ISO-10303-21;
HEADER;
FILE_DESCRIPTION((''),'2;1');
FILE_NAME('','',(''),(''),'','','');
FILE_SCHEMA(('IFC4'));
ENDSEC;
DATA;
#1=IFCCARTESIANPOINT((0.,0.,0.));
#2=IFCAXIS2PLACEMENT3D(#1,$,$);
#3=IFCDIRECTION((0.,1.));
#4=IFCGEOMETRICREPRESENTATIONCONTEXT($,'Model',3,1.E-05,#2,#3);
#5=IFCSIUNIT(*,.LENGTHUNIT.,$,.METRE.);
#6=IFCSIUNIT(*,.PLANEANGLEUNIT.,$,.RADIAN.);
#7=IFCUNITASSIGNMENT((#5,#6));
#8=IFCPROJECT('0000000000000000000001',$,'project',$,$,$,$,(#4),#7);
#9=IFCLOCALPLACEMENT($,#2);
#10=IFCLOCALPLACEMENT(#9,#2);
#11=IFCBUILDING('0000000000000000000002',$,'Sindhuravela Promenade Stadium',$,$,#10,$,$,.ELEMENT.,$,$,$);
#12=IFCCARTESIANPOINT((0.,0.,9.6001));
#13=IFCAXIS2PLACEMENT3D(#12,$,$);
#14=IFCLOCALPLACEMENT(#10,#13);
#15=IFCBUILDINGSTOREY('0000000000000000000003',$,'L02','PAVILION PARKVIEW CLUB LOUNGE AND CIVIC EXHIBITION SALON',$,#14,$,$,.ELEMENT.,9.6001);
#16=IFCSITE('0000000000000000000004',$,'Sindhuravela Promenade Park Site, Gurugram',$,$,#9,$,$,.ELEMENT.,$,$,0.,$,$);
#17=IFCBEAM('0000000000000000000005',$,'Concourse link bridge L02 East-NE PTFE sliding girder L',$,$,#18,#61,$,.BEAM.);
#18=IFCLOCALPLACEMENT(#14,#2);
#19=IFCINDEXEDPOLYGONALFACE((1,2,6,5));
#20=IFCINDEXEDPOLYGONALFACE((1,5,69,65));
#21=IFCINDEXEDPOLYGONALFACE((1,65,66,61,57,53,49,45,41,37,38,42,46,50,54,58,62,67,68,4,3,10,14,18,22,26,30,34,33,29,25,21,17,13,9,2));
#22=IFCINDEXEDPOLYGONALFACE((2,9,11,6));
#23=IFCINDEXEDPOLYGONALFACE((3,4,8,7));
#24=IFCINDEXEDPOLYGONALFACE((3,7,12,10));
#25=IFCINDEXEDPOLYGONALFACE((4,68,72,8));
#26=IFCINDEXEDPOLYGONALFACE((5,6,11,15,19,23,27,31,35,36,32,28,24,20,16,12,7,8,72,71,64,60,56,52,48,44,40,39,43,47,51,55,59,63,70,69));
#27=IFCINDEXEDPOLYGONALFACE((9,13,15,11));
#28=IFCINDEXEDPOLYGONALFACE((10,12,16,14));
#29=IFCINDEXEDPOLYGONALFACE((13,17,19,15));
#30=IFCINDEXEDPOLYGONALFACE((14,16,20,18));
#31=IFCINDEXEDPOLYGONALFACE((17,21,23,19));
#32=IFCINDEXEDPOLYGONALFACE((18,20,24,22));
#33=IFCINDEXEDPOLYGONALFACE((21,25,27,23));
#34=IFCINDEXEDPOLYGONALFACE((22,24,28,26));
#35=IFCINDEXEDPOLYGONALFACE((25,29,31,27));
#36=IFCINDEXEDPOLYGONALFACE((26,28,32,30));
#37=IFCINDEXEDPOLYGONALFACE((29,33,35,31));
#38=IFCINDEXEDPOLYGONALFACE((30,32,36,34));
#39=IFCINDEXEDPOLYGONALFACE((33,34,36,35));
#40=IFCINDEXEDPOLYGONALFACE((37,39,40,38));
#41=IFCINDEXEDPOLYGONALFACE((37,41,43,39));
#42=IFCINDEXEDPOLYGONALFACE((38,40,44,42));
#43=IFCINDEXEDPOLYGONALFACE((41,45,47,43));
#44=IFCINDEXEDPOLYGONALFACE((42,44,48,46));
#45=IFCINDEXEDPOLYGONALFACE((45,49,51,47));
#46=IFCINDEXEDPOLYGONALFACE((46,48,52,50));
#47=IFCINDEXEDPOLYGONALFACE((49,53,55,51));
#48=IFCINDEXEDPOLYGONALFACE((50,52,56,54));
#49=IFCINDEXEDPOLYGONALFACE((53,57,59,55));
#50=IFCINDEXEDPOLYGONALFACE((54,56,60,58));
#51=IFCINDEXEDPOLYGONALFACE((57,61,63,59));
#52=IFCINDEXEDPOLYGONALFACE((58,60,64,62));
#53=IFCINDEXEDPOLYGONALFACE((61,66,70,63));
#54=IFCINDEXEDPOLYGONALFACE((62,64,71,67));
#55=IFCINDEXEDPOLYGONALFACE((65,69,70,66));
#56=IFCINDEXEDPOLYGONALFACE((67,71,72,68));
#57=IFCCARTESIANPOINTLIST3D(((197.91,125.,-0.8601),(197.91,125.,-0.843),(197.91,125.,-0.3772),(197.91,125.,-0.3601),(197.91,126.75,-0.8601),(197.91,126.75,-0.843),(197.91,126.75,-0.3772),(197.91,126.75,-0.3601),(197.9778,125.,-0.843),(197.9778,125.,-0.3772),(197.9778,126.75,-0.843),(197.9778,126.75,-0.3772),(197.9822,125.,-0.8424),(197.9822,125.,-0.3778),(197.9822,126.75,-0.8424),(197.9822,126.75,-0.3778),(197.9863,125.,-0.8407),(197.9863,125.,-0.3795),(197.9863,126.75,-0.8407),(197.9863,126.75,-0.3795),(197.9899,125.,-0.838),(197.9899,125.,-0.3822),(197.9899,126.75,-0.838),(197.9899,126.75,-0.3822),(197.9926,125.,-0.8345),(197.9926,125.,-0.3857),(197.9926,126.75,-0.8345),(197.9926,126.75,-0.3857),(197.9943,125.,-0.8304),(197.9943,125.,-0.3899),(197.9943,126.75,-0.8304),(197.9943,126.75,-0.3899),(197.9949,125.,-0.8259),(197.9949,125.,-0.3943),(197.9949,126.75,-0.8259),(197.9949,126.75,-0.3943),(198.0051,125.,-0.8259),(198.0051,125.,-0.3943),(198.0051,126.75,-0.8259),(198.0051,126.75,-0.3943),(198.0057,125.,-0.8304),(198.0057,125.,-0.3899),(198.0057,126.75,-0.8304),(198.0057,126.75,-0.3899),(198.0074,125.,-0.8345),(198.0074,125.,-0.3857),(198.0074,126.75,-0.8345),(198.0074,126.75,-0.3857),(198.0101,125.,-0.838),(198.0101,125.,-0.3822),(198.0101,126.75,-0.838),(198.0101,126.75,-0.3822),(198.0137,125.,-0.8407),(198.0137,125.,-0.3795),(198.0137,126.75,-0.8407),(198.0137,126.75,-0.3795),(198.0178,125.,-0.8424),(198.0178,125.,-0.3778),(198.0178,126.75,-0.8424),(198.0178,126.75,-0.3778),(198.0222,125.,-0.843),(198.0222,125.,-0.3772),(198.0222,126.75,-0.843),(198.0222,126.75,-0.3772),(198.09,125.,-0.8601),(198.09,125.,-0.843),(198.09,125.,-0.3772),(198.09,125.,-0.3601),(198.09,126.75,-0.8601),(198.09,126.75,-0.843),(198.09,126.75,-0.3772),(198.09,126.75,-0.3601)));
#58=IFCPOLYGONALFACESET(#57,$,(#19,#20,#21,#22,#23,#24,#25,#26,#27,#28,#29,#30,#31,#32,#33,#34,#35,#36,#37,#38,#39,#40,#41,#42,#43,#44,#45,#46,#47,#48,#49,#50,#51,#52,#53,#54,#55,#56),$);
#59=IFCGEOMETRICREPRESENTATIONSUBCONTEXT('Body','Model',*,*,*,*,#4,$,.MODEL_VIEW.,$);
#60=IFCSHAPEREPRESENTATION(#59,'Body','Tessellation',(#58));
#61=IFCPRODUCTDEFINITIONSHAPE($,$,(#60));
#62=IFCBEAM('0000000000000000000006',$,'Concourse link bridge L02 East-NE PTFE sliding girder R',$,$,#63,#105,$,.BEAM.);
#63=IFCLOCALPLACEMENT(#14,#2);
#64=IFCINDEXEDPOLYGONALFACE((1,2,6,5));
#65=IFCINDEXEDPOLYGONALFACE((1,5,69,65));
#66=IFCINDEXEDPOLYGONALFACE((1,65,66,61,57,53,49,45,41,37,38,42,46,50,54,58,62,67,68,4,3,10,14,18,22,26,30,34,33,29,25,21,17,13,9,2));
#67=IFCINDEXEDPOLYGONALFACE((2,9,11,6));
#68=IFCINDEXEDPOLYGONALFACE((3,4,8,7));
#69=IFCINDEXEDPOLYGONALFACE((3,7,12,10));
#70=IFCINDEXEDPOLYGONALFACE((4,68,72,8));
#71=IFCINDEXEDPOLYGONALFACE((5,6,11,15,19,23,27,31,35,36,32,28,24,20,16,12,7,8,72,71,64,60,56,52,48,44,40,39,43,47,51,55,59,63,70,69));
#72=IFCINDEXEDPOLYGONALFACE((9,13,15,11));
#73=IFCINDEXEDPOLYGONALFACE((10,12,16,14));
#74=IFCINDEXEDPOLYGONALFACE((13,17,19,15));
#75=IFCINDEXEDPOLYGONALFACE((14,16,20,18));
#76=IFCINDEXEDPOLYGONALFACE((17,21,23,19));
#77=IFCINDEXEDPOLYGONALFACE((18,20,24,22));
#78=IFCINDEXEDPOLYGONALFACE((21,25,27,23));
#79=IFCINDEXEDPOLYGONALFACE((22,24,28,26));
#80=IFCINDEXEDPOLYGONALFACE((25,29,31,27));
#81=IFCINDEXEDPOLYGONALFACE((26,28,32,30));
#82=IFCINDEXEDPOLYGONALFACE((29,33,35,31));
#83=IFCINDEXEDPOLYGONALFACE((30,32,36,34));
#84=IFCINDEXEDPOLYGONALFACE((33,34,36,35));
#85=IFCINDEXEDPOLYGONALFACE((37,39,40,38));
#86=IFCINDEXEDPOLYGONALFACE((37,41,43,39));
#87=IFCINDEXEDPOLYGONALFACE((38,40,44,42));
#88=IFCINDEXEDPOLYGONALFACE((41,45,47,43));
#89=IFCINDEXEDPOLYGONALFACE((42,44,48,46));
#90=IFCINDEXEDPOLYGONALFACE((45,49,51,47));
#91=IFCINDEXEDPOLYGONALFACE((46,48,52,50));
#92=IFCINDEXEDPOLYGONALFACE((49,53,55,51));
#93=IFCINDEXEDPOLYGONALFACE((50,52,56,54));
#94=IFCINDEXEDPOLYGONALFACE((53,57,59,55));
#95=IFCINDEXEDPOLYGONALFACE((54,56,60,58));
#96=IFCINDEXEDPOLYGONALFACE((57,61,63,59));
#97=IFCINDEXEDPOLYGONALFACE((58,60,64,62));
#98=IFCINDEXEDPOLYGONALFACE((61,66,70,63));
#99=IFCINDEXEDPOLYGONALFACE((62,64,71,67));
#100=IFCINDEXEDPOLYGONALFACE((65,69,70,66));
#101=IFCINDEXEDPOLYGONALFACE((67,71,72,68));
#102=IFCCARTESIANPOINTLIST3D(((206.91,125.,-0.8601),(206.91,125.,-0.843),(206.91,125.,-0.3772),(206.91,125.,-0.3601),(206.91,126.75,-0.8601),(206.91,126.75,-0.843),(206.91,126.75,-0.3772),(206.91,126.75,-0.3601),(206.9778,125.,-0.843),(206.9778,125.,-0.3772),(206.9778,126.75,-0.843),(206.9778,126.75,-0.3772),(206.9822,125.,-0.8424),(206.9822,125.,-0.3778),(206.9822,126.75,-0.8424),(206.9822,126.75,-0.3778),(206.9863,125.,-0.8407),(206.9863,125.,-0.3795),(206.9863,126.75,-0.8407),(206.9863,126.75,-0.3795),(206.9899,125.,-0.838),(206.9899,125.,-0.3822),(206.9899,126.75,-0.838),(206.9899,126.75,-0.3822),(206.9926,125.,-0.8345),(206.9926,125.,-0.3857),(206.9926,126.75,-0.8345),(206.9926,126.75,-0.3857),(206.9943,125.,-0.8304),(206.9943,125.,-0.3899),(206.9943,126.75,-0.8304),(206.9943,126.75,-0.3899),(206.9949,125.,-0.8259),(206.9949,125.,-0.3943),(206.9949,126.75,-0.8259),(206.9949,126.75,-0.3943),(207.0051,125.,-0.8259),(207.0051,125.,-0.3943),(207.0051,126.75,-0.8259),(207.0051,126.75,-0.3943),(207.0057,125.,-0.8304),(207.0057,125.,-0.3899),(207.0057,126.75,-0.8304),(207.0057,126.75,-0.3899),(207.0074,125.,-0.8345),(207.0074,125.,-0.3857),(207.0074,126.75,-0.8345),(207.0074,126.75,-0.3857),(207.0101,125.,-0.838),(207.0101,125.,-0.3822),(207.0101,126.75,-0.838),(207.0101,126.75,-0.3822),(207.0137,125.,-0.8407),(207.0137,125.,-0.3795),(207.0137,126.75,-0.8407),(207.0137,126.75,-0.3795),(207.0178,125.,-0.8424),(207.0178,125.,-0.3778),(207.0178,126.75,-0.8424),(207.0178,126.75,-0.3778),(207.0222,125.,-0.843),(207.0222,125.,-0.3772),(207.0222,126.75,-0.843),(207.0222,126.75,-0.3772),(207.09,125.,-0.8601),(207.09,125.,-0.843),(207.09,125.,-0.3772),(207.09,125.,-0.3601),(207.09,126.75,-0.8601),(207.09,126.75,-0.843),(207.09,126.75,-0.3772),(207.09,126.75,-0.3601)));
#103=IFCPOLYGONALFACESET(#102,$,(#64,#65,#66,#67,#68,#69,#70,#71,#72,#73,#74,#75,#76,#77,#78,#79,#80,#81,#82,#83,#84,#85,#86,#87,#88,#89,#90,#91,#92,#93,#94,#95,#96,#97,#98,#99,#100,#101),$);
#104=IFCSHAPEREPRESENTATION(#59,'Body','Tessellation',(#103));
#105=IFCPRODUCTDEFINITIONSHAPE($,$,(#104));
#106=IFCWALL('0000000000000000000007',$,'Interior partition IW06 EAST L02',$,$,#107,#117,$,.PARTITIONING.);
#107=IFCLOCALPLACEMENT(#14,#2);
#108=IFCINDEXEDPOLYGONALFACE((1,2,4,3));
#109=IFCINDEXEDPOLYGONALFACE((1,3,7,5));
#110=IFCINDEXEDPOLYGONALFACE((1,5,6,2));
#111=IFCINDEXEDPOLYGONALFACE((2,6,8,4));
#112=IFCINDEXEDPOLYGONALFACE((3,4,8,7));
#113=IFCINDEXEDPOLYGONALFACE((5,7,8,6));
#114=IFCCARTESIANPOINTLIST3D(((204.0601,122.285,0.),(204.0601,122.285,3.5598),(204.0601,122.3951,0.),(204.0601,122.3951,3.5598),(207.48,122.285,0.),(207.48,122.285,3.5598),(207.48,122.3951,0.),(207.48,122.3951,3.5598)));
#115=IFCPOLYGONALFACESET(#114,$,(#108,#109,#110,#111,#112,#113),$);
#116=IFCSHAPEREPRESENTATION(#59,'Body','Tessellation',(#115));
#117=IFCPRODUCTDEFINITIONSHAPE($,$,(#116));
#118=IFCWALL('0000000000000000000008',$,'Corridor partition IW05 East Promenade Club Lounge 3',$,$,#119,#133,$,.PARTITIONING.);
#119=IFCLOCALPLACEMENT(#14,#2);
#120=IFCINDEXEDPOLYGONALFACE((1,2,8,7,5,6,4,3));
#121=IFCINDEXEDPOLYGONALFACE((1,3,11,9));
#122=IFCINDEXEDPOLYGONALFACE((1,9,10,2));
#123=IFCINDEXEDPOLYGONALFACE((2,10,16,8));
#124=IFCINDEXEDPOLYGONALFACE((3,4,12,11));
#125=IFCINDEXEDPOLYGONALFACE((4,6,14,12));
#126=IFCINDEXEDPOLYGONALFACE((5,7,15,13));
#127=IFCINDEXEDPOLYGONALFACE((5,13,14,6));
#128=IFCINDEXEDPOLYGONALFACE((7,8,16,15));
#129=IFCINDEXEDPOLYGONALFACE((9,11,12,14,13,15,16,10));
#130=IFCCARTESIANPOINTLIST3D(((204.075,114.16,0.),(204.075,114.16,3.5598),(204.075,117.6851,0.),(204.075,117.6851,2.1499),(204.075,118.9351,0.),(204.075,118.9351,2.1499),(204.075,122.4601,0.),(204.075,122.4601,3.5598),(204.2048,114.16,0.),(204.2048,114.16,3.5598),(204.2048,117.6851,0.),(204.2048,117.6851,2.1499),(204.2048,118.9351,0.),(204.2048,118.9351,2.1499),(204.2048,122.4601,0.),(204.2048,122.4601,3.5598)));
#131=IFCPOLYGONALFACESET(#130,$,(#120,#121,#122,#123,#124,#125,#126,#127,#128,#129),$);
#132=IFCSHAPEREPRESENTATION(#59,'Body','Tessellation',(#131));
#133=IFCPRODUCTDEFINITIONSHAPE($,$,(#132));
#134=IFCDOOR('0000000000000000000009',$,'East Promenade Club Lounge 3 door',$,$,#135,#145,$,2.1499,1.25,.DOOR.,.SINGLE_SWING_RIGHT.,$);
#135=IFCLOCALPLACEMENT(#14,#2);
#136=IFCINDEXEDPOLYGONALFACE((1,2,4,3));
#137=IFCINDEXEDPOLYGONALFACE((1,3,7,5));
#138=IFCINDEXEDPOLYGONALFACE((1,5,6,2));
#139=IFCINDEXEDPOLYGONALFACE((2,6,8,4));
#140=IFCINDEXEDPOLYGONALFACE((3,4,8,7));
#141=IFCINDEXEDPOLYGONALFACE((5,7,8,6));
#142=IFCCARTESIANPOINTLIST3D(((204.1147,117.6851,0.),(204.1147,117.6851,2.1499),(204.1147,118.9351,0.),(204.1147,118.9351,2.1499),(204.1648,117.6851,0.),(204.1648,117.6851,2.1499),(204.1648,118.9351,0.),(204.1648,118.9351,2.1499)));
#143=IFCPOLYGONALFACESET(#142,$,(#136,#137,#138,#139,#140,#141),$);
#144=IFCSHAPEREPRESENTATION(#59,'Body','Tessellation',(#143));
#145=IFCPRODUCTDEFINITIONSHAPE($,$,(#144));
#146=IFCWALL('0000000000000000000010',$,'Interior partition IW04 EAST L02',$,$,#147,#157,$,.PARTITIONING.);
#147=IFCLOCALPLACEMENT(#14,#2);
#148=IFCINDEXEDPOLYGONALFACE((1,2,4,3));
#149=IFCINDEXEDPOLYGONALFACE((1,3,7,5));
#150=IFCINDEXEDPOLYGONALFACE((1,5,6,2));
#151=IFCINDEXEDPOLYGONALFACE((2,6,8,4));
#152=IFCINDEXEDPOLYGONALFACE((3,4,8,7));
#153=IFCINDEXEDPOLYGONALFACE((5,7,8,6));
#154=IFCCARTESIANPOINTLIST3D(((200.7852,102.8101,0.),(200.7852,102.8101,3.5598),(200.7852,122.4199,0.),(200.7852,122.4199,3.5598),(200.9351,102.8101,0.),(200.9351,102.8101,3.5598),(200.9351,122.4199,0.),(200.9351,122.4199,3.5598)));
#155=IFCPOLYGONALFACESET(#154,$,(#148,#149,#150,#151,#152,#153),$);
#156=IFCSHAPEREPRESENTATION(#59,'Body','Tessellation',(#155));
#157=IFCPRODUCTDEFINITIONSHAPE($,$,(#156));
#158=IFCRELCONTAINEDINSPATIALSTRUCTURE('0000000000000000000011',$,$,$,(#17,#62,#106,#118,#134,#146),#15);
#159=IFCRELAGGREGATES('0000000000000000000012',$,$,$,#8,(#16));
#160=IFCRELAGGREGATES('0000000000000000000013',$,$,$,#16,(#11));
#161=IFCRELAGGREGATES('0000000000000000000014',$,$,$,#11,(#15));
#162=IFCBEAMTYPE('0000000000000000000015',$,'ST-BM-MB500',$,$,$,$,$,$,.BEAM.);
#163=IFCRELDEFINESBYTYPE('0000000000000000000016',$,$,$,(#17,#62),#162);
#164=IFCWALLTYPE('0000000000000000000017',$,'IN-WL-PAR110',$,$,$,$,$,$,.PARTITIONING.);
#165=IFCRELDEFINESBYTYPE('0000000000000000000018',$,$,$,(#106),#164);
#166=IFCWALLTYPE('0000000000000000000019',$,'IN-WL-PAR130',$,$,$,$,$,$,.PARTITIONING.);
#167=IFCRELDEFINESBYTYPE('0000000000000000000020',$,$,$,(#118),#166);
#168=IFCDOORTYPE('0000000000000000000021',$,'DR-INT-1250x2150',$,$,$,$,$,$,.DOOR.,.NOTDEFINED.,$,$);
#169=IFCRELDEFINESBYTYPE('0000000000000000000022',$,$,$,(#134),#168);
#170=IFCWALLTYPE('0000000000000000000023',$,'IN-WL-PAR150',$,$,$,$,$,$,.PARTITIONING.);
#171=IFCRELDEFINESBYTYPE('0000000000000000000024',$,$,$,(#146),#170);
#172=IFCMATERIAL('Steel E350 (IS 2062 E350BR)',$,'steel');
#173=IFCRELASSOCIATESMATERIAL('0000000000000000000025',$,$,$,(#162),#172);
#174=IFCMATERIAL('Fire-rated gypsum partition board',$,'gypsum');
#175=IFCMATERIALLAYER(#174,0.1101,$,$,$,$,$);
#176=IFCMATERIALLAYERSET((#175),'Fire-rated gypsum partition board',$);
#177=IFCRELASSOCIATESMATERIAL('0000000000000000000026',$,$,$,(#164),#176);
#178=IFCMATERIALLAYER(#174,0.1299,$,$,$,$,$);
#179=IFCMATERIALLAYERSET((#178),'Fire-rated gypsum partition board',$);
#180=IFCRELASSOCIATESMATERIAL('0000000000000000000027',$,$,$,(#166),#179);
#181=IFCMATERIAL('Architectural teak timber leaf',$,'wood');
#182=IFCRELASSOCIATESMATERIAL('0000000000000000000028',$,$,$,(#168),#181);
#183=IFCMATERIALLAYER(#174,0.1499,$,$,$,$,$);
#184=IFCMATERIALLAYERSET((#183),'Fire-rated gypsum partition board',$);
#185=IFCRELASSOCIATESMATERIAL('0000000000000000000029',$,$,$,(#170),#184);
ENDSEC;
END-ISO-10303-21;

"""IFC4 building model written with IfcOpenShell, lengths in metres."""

from ifc_helpers import new_model, si_unit, direction, frame, frame_2d, origin, origin_2d, place, context, subcontext, project, spatial, rectangle, i_section, extrude, material, layer, layer_set, material_profile, profile_set, type_object, element, fill, save


model = new_model("IFC4")

# Units and contexts
model_context = context("Model", 3, precision=1e-05, world=origin(), true_north=direction((0.0, 1.0)))
body_context = subcontext(model_context, "Body", "Model", "MODEL_VIEW")
ifc_project = project(units=[si_unit("LENGTHUNIT", "METRE"), si_unit("PLANEANGLEUNIT", "RADIAN")], contexts=[model_context])

# Site, building, storey
site_placement = place(None, origin())
site = spatial("IfcSite", under=ifc_project, at=site_placement, Name="Sindhuravela Promenade Park Site, Gurugram", CompositionType="ELEMENT", RefElevation=0.0)
building_placement = place(site_placement, origin())
building = spatial("IfcBuilding", under=site, at=building_placement, Name="Sindhuravela Promenade Stadium", CompositionType="ELEMENT")
storey_placement = place(building_placement, frame((0.0, 0.0, 9.6001)))
storey = spatial("IfcBuildingStorey", under=building, at=storey_placement, Name="L02", Description="PAVILION PARKVIEW CLUB LOUNGE AND CIVIC EXHIBITION SALON", CompositionType="ELEMENT", Elevation=9.6001)

# Beams
ifc_material_1 = material(Name="Steel E350 (IS 2062 E350BR)", Category="steel")
ifc_material_profile_1 = material_profile(ifc_material_1, i_section(OverallWidth=0.1799, OverallDepth=0.5, WebThickness=0.0103, FlangeThickness=0.0171, FilletRadius=0.0171, at=origin_2d()), Name="ISMB 500")
ifc_profile_set_1 = profile_set([ifc_material_profile_1], Name="Steel E350 (IS 2062 E350BR)")
beam_type_1 = type_object("IfcBeamType", Name="ST-BM-MB500", PredefinedType="BEAM", material=ifc_profile_set_1)
for number, where, z_axis, x_axis, name in (
    (1, (198.0, 125.0, -0.6101), (0.0, 1.0, 0.0), (-1.0, 0.0, 0.0), "Concourse link bridge L02 East-NE PTFE sliding girder L"),
    (2, (207.0, 125.0, -0.6101), (0.0, 1.0, 0.0), (-1.0, 0.0, 0.0), "Concourse link bridge L02 East-NE PTFE sliding girder R"),
):
    element("IfcBeam", number, at=place(storey_placement, frame(where, z_axis=z_axis, x_axis=x_axis)), inside=storey, type_object=beam_type_1, Name=name, PredefinedType="BEAM", context=body_context, shape_type="SweptSolid", body=[
        extrude(i_section(OverallWidth=0.1799, OverallDepth=0.5, WebThickness=0.0103, FlangeThickness=0.0171, FilletRadius=0.0171, at=origin_2d()), origin(), (0.0, 0.0, 1.0), 1.75),
    ])

# Wall
ifc_material_2 = material(Name="Fire-rated gypsum partition board", Category="gypsum")
ifc_layer_1 = layer(ifc_material_2, 0.1101)
ifc_layer_set_1 = layer_set([ifc_layer_1], Name="Fire-rated gypsum partition board")
wall_type_1 = type_object("IfcWallType", Name="IN-WL-PAR110", PredefinedType="PARTITIONING", material=ifc_layer_set_1)
wall_1_placement = place(storey_placement, frame((204.0601, 122.3401, 0.0), z_axis=(0.0, 0.0, 1.0), x_axis=(1.0, 0.0, 0.0)))
element("IfcWall", 3, at=wall_1_placement, inside=storey, type_object=wall_type_1, Name="Interior partition IW06 EAST L02", PredefinedType="PARTITIONING", context=body_context, shape_type="SweptSolid", body=[
    extrude(rectangle(XDim=3.4199, YDim=0.1101, at=frame_2d((1.71, 0.0))), origin(), (0.0, 0.0, 1.0), 3.5598),
])

# Wall, opening, door
ifc_layer_2 = layer(ifc_material_2, 0.1299)
ifc_layer_set_2 = layer_set([ifc_layer_2], Name="Fire-rated gypsum partition board")
wall_type_2 = type_object("IfcWallType", Name="IN-WL-PAR130", PredefinedType="PARTITIONING", material=ifc_layer_set_2)
wall_2_placement = place(storey_placement, frame((204.1399, 122.46, 0.0), z_axis=(0.0, 0.0, 1.0), x_axis=(0.0, -1.0, 0.0)))
wall_2 = element("IfcWall", 4, at=wall_2_placement, inside=storey, type_object=wall_type_2, Name="Corridor partition IW05 East Promenade Club Lounge 3", PredefinedType="PARTITIONING", context=body_context, shape_type="SweptSolid", body=[
    extrude(rectangle(XDim=8.3, YDim=0.1299, at=frame_2d((4.1499, 0.0))), origin(), (0.0, 0.0, 1.0), 3.5598),
])
opening_1_placement = place(wall_2_placement, frame((3.5249, 0.0, 0.0)))
opening_1 = element("IfcOpeningElement", 5, at=opening_1_placement, cuts=wall_2, PredefinedType="OPENING", context=body_context, shape_type="SweptSolid", body=[
    extrude(rectangle(XDim=1.25, YDim=2.1499, at=frame_2d((0.625, 1.075))), frame((0.0, 0.075, 0.0), z_axis=(0.0, -1.0, 0.0), x_axis=(1.0, 0.0, 0.0)), (0.0, 0.0, 1.0), 0.1499),
])
ifc_material_3 = material(Name="Architectural teak timber leaf", Category="wood")
door_type_1 = type_object("IfcDoorType", Name="DR-INT-1250x2150", OperationType="NOTDEFINED", PredefinedType="DOOR", material=ifc_material_3)
door_1_placement = place(opening_1_placement, origin())
door_1 = element("IfcDoor", 6, at=door_1_placement, inside=storey, type_object=door_type_1, Name="East Promenade Club Lounge 3 door", OperationType="SINGLE_SWING_RIGHT", OverallHeight=2.1499, OverallWidth=1.25, PredefinedType="DOOR", context=body_context, shape_type="SweptSolid", body=[
    extrude(rectangle(XDim=1.25, YDim=2.1499, at=frame_2d((0.625, 1.075))), frame((0.0, 0.0249, 0.0), z_axis=(0.0, -1.0, 0.0), x_axis=(1.0, 0.0, 0.0)), (0.0, 0.0, 1.0), 0.05),
])
fill(opening_1, door_1)

# Wall
ifc_layer_3 = layer(ifc_material_2, 0.1499)
ifc_layer_set_3 = layer_set([ifc_layer_3], Name="Fire-rated gypsum partition board")
wall_type_3 = type_object("IfcWallType", Name="IN-WL-PAR150", PredefinedType="PARTITIONING", material=ifc_layer_set_3)
wall_3_placement = place(storey_placement, frame((200.8601, 122.4199, 0.0), z_axis=(0.0, 0.0, 1.0), x_axis=(0.0, -1.0, 0.0)))
element("IfcWall", 7, at=wall_3_placement, inside=storey, type_object=wall_type_3, Name="Interior partition IW04 EAST L02", PredefinedType="PARTITIONING", context=body_context, shape_type="SweptSolid", body=[
    extrude(rectangle(XDim=19.6099, YDim=0.1499, at=frame_2d((9.8049, 0.0))), origin(), (0.0, 0.0, 1.0), 3.5598),
])

save(model, "model.ifc")
